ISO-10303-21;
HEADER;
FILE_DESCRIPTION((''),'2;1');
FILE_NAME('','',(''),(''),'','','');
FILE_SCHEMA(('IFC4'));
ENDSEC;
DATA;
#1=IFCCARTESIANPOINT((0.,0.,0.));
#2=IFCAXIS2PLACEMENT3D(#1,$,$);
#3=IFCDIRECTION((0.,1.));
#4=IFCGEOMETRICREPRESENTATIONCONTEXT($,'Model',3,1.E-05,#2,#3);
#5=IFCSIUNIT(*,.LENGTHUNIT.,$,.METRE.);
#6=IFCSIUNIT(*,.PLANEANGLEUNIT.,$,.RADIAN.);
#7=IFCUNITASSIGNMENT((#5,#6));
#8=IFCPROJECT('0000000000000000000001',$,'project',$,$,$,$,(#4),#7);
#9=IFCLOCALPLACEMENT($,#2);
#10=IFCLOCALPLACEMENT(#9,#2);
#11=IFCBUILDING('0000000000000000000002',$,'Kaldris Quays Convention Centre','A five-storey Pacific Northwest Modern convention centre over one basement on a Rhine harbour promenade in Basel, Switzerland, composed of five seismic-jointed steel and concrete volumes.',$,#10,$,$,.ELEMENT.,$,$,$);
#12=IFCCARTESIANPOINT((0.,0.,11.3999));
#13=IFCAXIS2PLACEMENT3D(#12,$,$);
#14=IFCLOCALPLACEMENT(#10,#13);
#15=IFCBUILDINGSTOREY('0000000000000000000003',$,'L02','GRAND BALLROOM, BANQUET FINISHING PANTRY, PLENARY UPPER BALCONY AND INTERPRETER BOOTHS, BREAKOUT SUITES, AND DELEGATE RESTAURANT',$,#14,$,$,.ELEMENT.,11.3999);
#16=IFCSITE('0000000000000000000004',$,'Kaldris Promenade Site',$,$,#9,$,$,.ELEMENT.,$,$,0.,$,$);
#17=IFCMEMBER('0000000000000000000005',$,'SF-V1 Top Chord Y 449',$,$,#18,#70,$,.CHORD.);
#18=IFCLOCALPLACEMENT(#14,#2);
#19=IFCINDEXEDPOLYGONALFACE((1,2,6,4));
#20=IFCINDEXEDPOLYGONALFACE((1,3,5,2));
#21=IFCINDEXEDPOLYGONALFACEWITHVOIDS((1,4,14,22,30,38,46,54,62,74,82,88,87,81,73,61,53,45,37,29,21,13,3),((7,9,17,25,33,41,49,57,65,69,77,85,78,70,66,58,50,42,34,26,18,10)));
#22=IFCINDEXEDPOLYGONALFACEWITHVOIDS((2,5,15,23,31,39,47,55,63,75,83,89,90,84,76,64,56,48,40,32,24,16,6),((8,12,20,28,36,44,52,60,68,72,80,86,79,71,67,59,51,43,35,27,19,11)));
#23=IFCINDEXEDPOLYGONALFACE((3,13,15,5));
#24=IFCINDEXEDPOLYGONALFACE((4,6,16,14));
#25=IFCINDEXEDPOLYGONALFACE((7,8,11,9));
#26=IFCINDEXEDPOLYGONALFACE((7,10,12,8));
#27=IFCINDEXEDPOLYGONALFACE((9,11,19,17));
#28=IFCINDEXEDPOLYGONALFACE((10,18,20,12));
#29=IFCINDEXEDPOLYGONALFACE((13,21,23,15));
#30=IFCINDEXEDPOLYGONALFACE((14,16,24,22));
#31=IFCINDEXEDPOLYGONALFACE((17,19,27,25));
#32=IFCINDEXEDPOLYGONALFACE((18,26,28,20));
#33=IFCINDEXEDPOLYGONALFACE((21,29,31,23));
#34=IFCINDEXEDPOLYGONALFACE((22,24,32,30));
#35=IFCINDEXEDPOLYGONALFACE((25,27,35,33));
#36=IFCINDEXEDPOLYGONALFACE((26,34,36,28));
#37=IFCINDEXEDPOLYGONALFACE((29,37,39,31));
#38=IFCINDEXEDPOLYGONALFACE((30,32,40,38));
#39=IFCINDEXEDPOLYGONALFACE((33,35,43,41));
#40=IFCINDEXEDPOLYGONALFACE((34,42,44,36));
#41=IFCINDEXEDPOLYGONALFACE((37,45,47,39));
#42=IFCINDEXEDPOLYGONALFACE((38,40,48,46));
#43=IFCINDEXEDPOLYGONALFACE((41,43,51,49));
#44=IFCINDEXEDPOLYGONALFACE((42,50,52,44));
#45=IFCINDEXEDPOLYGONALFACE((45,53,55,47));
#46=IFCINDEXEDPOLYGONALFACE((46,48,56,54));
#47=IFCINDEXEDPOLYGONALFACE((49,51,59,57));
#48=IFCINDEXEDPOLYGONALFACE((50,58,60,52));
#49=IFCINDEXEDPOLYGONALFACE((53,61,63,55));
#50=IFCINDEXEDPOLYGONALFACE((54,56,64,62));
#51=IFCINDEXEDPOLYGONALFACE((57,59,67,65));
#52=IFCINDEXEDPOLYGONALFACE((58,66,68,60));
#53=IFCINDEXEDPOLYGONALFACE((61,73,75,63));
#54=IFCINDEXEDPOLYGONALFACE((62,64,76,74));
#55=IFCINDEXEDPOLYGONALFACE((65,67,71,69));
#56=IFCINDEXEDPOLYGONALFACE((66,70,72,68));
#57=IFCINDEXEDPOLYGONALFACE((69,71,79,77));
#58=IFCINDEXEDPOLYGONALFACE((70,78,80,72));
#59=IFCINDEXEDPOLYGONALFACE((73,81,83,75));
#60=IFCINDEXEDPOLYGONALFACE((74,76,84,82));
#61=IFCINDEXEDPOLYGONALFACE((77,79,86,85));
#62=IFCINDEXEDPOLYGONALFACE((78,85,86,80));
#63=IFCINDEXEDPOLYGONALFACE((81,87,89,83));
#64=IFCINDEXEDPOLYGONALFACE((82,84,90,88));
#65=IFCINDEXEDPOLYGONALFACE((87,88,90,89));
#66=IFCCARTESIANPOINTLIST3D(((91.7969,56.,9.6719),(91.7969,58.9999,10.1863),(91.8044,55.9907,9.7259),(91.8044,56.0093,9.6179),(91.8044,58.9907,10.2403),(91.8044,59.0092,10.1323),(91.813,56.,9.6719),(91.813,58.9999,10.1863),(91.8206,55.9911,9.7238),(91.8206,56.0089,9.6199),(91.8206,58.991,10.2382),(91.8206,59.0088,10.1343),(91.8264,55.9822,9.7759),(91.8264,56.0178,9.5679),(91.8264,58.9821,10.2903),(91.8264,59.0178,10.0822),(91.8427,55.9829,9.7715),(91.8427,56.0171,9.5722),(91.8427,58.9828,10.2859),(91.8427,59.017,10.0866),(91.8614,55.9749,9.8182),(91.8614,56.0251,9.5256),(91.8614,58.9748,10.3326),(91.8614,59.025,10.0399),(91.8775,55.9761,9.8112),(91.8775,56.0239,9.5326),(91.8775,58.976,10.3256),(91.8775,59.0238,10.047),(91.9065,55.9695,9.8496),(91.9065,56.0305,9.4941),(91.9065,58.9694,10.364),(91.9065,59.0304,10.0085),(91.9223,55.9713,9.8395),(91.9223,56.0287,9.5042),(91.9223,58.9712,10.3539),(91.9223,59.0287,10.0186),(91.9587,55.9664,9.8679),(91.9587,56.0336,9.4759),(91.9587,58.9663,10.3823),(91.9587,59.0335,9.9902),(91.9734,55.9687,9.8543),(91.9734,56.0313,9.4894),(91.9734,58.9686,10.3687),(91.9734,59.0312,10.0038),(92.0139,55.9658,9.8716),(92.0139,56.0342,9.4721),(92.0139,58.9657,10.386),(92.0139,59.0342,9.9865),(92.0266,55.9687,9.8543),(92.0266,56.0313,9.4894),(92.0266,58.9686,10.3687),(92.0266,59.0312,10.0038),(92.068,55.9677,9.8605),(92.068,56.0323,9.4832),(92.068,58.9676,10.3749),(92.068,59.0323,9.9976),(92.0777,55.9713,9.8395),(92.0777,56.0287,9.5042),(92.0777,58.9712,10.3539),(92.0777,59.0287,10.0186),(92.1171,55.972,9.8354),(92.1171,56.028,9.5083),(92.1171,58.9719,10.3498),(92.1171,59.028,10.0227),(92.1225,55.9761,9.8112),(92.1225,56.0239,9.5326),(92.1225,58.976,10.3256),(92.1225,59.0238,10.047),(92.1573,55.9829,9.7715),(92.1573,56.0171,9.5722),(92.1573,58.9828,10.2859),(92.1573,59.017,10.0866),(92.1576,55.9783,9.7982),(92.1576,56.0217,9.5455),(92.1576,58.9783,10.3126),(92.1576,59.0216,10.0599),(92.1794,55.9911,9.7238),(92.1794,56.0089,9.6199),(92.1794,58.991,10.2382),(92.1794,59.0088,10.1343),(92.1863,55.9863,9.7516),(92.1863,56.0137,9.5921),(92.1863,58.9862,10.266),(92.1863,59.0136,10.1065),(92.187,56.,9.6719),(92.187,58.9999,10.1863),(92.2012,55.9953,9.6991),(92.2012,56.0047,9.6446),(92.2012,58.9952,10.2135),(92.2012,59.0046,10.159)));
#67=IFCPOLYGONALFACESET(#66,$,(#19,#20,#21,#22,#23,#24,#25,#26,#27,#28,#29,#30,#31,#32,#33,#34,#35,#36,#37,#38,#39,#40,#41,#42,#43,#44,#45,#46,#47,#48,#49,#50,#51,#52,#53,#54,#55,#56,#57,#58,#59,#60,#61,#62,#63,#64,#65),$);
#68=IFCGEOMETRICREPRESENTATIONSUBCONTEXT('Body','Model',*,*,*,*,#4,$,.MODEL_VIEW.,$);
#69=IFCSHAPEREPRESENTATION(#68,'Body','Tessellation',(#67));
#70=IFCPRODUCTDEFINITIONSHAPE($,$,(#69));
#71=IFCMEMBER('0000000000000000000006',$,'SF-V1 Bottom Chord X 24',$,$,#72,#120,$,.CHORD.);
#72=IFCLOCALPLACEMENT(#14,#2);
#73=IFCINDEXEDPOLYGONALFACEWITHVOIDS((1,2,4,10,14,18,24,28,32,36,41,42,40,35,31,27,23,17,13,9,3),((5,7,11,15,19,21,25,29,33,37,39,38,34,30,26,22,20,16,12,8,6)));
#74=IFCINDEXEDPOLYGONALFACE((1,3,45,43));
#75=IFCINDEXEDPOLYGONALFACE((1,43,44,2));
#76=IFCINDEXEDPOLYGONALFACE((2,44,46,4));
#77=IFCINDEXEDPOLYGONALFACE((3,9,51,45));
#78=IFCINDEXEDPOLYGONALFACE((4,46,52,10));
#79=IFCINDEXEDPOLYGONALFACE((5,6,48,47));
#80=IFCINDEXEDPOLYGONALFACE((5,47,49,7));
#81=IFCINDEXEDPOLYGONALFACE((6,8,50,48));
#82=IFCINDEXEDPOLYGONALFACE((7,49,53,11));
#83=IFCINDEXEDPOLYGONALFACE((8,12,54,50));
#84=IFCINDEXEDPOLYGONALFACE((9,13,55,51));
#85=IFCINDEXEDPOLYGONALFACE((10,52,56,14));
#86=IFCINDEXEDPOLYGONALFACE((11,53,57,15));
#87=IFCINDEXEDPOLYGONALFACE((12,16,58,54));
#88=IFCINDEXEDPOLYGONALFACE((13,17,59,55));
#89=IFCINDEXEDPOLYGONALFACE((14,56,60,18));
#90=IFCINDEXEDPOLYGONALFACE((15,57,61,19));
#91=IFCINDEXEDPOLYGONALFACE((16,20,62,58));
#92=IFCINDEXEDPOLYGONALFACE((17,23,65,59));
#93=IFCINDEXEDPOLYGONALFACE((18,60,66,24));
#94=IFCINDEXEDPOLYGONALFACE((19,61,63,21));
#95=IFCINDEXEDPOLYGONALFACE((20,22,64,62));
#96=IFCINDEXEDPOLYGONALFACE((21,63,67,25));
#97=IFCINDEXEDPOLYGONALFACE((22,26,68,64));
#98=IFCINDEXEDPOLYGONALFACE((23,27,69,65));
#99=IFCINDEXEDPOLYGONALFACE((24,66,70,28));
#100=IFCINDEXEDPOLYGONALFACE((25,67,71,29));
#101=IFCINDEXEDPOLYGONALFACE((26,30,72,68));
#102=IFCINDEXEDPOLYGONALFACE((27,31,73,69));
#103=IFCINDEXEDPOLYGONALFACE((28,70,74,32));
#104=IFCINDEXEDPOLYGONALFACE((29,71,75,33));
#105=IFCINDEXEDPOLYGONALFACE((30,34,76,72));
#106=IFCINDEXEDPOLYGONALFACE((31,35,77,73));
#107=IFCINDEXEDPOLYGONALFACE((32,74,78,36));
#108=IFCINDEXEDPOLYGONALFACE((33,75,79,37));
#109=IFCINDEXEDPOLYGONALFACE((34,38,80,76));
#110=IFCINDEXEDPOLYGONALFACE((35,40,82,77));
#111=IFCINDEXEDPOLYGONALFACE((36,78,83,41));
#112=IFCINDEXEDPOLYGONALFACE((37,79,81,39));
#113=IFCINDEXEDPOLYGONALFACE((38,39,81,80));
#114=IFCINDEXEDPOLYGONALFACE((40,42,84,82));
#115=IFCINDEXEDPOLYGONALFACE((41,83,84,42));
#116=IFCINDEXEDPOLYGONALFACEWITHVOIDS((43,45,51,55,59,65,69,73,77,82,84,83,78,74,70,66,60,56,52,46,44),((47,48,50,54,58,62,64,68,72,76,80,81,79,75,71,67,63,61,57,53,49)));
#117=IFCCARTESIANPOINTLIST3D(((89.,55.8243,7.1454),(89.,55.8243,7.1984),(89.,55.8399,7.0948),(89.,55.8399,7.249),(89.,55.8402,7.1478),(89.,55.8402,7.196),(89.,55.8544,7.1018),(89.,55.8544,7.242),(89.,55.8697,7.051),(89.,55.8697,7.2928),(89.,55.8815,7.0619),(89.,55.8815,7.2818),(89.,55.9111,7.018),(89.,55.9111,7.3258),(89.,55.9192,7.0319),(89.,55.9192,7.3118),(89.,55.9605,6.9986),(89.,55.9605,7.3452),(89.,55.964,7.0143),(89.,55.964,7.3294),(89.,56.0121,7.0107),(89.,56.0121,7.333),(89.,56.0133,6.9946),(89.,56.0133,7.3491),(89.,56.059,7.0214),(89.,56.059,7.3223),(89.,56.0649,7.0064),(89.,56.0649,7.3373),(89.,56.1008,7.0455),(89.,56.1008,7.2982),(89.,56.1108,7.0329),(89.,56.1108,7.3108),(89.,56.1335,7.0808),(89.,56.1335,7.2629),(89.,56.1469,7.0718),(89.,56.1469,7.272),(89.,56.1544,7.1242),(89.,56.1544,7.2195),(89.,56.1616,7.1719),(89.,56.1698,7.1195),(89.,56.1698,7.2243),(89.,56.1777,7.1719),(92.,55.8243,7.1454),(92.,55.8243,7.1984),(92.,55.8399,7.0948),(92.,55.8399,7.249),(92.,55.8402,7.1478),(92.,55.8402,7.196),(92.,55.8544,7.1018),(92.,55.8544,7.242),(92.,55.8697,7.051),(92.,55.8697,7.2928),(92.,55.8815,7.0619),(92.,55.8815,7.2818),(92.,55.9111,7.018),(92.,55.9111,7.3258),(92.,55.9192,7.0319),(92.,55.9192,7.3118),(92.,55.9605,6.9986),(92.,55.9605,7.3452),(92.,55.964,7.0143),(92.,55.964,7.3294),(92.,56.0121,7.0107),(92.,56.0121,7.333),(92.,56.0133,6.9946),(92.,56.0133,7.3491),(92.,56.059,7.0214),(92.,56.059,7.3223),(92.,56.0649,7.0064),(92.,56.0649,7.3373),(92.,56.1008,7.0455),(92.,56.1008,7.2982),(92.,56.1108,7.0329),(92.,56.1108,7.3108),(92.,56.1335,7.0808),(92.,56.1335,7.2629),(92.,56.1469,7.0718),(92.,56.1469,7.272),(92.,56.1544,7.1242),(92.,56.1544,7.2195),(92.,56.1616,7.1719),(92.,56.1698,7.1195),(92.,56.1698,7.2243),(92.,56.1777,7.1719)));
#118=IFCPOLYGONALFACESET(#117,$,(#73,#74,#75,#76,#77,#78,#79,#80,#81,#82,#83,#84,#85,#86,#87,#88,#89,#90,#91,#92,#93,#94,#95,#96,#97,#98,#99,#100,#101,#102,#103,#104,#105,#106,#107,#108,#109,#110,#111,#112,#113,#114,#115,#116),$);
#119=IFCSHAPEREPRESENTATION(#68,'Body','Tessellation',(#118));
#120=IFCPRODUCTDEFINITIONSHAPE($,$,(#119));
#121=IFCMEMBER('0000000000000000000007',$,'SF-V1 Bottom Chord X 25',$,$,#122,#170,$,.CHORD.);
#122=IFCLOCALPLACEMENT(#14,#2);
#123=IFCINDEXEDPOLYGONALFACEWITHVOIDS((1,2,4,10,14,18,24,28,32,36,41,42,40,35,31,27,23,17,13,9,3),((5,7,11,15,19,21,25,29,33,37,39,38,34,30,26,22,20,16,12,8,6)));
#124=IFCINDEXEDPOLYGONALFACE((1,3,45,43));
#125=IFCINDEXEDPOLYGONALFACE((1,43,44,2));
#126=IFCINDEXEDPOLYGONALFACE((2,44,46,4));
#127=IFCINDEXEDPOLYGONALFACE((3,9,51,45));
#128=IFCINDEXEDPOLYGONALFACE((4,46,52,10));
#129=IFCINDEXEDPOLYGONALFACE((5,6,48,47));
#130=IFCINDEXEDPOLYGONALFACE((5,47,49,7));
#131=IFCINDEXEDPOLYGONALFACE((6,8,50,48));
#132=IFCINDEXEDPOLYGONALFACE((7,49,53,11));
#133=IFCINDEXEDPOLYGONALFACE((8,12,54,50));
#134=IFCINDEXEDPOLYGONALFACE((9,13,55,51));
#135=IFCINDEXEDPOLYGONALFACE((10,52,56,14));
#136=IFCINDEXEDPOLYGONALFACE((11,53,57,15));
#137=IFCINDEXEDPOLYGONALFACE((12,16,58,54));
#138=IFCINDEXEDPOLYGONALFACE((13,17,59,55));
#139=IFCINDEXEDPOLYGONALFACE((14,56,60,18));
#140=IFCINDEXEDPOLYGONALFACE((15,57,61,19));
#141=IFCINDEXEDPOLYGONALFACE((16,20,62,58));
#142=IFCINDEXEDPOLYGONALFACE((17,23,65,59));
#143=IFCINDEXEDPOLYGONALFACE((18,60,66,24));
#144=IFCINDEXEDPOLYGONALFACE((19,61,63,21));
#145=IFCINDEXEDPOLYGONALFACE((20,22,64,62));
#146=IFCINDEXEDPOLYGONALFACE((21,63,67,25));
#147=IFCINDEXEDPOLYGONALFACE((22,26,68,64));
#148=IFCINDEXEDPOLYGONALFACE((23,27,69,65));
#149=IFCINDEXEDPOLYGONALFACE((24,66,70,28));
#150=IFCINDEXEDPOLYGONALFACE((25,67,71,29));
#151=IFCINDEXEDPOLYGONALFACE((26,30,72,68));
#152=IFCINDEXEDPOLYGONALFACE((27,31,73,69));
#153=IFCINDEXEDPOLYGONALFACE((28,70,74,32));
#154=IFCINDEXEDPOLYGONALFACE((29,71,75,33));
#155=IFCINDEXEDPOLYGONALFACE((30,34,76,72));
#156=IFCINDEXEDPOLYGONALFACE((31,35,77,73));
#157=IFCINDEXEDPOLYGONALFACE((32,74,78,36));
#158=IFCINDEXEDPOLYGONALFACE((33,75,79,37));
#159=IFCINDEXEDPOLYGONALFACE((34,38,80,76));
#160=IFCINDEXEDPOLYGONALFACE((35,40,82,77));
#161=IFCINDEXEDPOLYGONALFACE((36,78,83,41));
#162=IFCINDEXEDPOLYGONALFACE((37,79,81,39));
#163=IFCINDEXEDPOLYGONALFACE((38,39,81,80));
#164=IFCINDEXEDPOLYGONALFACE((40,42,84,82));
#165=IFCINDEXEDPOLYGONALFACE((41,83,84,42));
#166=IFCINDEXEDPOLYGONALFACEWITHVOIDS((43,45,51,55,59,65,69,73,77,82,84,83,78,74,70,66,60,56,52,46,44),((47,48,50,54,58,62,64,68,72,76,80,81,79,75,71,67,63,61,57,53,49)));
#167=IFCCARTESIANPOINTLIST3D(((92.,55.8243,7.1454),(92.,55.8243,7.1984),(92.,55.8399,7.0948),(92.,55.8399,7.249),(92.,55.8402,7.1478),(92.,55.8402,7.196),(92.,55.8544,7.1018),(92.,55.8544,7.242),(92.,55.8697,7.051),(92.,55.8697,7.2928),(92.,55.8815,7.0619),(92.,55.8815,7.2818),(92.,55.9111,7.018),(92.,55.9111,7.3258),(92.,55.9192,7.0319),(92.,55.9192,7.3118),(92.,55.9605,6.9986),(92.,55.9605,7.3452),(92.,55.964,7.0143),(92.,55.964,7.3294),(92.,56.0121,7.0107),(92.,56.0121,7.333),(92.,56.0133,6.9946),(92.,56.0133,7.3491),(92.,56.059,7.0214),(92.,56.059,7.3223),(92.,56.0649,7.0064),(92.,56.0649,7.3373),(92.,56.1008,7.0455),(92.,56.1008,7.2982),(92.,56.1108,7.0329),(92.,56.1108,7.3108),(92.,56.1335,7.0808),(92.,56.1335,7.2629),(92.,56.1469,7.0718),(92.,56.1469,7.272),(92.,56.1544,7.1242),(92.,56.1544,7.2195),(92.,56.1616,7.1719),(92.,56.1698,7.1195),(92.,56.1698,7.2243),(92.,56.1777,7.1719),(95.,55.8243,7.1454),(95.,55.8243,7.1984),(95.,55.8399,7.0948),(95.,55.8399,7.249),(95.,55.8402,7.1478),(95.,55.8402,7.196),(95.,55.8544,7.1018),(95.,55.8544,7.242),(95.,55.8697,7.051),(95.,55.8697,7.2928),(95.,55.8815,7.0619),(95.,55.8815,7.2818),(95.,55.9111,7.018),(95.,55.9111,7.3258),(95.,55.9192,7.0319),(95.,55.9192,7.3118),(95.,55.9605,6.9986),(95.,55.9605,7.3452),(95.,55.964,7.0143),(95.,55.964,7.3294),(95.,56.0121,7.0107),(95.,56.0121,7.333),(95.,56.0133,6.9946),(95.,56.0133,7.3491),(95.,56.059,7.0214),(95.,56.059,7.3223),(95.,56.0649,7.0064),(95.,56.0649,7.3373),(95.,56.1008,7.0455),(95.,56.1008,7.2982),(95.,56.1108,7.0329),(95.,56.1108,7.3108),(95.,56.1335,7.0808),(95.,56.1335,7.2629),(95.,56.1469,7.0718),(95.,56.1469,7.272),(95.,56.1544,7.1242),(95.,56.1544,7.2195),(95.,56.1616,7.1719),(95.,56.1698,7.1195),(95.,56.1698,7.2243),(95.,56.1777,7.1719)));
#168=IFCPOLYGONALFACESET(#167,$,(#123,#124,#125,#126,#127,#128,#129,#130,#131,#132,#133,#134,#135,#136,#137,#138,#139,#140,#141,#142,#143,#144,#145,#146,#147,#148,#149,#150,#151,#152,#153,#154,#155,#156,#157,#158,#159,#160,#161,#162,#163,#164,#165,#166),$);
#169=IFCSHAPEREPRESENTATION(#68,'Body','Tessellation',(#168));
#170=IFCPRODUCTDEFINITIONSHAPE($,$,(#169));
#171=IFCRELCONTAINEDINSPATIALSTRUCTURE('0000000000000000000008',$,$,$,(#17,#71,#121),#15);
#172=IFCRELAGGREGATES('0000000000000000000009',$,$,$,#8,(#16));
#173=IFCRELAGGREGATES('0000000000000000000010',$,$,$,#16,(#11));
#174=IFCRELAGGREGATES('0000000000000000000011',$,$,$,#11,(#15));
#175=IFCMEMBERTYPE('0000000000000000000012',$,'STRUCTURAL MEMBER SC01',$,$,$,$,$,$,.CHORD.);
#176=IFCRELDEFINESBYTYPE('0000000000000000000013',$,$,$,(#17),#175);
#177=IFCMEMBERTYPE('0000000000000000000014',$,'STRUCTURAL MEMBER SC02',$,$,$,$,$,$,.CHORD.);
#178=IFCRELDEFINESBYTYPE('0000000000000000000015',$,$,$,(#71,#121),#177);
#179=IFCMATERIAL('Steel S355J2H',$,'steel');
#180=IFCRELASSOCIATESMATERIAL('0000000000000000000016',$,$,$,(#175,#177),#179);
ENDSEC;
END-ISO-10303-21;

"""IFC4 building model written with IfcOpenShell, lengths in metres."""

from ifc_helpers import new_model, si_unit, direction, frame, origin, origin_2d, place, context, subcontext, project, spatial, hollow_circle, extrude, material, material_profile, profile_set, type_object, element, save


model = new_model("IFC4")

# Units and contexts
model_context = context("Model", 3, precision=1e-05, world=origin(), true_north=direction((0.0, 1.0)))
body_context = subcontext(model_context, "Body", "Model", "MODEL_VIEW")
ifc_project = project(units=[si_unit("LENGTHUNIT", "METRE"), si_unit("PLANEANGLEUNIT", "RADIAN")], contexts=[model_context])

# Site, building, storey
site_placement = place(None, origin())
site = spatial("IfcSite", under=ifc_project, at=site_placement, Name="Kaldris Promenade Site", CompositionType="ELEMENT", RefElevation=0.0)
building_placement = place(site_placement, origin())
building = spatial("IfcBuilding", under=site, at=building_placement, Name="Kaldris Quays Convention Centre", Description="A five-storey Pacific Northwest Modern convention centre over one basement on a Rhine harbour promenade in Basel, Switzerland, composed of five seismic-jointed steel and concrete volumes.", CompositionType="ELEMENT")
storey_placement = place(building_placement, frame((0.0, 0.0, 11.3999)))
storey = spatial("IfcBuildingStorey", under=building, at=storey_placement, Name="L02", Description="GRAND BALLROOM, BANQUET FINISHING PANTRY, PLENARY UPPER BALCONY AND INTERPRETER BOOTHS, BREAKOUT SUITES, AND DELEGATE RESTAURANT", CompositionType="ELEMENT", Elevation=11.3999)

# Members
ifc_material_1 = material(Name="Steel S355J2H", Category="steel")
ifc_material_profile_1 = material_profile(ifc_material_1, hollow_circle(Radius=0.2031, WallThickness=0.0161, at=origin_2d()), Name="CHS 406.4x16")
ifc_profile_set_1 = profile_set([ifc_material_profile_1], Name="Steel S355J2H")
member_type_1 = type_object("IfcMemberType", Name="STRUCTURAL MEMBER SC01", PredefinedType="CHORD", material=ifc_profile_set_1)
member_1_placement = place(storey_placement, frame((92.0, 56.0, 9.6719), z_axis=(0.0, 0.985616, 0.169002), x_axis=(-1.0, 0.0, 0.0)))
element("IfcMember", 1, at=member_1_placement, inside=storey, type_object=member_type_1, Name="SF-V1 Top Chord Y 449", PredefinedType="CHORD", context=body_context, shape_type="SweptSolid", body=[
    extrude(hollow_circle(Radius=0.2031, WallThickness=0.0161, at=origin_2d()), origin(), (0.0, 0.0, 1.0), 3.0437),
])
ifc_material_profile_2 = material_profile(ifc_material_1, hollow_circle(Radius=0.1777, WallThickness=0.0161, at=origin_2d()), Name="CHS 355.6x16")
ifc_profile_set_2 = profile_set([ifc_material_profile_2], Name="Steel S355J2H")
member_type_2 = type_object("IfcMemberType", Name="STRUCTURAL MEMBER SC02", PredefinedType="CHORD", material=ifc_profile_set_2)
for number, where, z_axis, x_axis, name in (
    (2, (89.0, 56.0, 7.1719), (1.0, 0.0, 0.0), (0.0, 1.0, 0.0), "SF-V1 Bottom Chord X 24"),
    (3, (92.0, 56.0, 7.1719), (1.0, 0.0, 0.0), (0.0, 1.0, 0.0), "SF-V1 Bottom Chord X 25"),
):
    element("IfcMember", number, at=place(storey_placement, frame(where, z_axis=z_axis, x_axis=x_axis)), inside=storey, type_object=member_type_2, Name=name, PredefinedType="CHORD", context=body_context, shape_type="SweptSolid", body=[
        extrude(hollow_circle(Radius=0.1777, WallThickness=0.0161, at=origin_2d()), origin(), (0.0, 0.0, 1.0), 3.0),
    ])

save(model, "model.ifc")
